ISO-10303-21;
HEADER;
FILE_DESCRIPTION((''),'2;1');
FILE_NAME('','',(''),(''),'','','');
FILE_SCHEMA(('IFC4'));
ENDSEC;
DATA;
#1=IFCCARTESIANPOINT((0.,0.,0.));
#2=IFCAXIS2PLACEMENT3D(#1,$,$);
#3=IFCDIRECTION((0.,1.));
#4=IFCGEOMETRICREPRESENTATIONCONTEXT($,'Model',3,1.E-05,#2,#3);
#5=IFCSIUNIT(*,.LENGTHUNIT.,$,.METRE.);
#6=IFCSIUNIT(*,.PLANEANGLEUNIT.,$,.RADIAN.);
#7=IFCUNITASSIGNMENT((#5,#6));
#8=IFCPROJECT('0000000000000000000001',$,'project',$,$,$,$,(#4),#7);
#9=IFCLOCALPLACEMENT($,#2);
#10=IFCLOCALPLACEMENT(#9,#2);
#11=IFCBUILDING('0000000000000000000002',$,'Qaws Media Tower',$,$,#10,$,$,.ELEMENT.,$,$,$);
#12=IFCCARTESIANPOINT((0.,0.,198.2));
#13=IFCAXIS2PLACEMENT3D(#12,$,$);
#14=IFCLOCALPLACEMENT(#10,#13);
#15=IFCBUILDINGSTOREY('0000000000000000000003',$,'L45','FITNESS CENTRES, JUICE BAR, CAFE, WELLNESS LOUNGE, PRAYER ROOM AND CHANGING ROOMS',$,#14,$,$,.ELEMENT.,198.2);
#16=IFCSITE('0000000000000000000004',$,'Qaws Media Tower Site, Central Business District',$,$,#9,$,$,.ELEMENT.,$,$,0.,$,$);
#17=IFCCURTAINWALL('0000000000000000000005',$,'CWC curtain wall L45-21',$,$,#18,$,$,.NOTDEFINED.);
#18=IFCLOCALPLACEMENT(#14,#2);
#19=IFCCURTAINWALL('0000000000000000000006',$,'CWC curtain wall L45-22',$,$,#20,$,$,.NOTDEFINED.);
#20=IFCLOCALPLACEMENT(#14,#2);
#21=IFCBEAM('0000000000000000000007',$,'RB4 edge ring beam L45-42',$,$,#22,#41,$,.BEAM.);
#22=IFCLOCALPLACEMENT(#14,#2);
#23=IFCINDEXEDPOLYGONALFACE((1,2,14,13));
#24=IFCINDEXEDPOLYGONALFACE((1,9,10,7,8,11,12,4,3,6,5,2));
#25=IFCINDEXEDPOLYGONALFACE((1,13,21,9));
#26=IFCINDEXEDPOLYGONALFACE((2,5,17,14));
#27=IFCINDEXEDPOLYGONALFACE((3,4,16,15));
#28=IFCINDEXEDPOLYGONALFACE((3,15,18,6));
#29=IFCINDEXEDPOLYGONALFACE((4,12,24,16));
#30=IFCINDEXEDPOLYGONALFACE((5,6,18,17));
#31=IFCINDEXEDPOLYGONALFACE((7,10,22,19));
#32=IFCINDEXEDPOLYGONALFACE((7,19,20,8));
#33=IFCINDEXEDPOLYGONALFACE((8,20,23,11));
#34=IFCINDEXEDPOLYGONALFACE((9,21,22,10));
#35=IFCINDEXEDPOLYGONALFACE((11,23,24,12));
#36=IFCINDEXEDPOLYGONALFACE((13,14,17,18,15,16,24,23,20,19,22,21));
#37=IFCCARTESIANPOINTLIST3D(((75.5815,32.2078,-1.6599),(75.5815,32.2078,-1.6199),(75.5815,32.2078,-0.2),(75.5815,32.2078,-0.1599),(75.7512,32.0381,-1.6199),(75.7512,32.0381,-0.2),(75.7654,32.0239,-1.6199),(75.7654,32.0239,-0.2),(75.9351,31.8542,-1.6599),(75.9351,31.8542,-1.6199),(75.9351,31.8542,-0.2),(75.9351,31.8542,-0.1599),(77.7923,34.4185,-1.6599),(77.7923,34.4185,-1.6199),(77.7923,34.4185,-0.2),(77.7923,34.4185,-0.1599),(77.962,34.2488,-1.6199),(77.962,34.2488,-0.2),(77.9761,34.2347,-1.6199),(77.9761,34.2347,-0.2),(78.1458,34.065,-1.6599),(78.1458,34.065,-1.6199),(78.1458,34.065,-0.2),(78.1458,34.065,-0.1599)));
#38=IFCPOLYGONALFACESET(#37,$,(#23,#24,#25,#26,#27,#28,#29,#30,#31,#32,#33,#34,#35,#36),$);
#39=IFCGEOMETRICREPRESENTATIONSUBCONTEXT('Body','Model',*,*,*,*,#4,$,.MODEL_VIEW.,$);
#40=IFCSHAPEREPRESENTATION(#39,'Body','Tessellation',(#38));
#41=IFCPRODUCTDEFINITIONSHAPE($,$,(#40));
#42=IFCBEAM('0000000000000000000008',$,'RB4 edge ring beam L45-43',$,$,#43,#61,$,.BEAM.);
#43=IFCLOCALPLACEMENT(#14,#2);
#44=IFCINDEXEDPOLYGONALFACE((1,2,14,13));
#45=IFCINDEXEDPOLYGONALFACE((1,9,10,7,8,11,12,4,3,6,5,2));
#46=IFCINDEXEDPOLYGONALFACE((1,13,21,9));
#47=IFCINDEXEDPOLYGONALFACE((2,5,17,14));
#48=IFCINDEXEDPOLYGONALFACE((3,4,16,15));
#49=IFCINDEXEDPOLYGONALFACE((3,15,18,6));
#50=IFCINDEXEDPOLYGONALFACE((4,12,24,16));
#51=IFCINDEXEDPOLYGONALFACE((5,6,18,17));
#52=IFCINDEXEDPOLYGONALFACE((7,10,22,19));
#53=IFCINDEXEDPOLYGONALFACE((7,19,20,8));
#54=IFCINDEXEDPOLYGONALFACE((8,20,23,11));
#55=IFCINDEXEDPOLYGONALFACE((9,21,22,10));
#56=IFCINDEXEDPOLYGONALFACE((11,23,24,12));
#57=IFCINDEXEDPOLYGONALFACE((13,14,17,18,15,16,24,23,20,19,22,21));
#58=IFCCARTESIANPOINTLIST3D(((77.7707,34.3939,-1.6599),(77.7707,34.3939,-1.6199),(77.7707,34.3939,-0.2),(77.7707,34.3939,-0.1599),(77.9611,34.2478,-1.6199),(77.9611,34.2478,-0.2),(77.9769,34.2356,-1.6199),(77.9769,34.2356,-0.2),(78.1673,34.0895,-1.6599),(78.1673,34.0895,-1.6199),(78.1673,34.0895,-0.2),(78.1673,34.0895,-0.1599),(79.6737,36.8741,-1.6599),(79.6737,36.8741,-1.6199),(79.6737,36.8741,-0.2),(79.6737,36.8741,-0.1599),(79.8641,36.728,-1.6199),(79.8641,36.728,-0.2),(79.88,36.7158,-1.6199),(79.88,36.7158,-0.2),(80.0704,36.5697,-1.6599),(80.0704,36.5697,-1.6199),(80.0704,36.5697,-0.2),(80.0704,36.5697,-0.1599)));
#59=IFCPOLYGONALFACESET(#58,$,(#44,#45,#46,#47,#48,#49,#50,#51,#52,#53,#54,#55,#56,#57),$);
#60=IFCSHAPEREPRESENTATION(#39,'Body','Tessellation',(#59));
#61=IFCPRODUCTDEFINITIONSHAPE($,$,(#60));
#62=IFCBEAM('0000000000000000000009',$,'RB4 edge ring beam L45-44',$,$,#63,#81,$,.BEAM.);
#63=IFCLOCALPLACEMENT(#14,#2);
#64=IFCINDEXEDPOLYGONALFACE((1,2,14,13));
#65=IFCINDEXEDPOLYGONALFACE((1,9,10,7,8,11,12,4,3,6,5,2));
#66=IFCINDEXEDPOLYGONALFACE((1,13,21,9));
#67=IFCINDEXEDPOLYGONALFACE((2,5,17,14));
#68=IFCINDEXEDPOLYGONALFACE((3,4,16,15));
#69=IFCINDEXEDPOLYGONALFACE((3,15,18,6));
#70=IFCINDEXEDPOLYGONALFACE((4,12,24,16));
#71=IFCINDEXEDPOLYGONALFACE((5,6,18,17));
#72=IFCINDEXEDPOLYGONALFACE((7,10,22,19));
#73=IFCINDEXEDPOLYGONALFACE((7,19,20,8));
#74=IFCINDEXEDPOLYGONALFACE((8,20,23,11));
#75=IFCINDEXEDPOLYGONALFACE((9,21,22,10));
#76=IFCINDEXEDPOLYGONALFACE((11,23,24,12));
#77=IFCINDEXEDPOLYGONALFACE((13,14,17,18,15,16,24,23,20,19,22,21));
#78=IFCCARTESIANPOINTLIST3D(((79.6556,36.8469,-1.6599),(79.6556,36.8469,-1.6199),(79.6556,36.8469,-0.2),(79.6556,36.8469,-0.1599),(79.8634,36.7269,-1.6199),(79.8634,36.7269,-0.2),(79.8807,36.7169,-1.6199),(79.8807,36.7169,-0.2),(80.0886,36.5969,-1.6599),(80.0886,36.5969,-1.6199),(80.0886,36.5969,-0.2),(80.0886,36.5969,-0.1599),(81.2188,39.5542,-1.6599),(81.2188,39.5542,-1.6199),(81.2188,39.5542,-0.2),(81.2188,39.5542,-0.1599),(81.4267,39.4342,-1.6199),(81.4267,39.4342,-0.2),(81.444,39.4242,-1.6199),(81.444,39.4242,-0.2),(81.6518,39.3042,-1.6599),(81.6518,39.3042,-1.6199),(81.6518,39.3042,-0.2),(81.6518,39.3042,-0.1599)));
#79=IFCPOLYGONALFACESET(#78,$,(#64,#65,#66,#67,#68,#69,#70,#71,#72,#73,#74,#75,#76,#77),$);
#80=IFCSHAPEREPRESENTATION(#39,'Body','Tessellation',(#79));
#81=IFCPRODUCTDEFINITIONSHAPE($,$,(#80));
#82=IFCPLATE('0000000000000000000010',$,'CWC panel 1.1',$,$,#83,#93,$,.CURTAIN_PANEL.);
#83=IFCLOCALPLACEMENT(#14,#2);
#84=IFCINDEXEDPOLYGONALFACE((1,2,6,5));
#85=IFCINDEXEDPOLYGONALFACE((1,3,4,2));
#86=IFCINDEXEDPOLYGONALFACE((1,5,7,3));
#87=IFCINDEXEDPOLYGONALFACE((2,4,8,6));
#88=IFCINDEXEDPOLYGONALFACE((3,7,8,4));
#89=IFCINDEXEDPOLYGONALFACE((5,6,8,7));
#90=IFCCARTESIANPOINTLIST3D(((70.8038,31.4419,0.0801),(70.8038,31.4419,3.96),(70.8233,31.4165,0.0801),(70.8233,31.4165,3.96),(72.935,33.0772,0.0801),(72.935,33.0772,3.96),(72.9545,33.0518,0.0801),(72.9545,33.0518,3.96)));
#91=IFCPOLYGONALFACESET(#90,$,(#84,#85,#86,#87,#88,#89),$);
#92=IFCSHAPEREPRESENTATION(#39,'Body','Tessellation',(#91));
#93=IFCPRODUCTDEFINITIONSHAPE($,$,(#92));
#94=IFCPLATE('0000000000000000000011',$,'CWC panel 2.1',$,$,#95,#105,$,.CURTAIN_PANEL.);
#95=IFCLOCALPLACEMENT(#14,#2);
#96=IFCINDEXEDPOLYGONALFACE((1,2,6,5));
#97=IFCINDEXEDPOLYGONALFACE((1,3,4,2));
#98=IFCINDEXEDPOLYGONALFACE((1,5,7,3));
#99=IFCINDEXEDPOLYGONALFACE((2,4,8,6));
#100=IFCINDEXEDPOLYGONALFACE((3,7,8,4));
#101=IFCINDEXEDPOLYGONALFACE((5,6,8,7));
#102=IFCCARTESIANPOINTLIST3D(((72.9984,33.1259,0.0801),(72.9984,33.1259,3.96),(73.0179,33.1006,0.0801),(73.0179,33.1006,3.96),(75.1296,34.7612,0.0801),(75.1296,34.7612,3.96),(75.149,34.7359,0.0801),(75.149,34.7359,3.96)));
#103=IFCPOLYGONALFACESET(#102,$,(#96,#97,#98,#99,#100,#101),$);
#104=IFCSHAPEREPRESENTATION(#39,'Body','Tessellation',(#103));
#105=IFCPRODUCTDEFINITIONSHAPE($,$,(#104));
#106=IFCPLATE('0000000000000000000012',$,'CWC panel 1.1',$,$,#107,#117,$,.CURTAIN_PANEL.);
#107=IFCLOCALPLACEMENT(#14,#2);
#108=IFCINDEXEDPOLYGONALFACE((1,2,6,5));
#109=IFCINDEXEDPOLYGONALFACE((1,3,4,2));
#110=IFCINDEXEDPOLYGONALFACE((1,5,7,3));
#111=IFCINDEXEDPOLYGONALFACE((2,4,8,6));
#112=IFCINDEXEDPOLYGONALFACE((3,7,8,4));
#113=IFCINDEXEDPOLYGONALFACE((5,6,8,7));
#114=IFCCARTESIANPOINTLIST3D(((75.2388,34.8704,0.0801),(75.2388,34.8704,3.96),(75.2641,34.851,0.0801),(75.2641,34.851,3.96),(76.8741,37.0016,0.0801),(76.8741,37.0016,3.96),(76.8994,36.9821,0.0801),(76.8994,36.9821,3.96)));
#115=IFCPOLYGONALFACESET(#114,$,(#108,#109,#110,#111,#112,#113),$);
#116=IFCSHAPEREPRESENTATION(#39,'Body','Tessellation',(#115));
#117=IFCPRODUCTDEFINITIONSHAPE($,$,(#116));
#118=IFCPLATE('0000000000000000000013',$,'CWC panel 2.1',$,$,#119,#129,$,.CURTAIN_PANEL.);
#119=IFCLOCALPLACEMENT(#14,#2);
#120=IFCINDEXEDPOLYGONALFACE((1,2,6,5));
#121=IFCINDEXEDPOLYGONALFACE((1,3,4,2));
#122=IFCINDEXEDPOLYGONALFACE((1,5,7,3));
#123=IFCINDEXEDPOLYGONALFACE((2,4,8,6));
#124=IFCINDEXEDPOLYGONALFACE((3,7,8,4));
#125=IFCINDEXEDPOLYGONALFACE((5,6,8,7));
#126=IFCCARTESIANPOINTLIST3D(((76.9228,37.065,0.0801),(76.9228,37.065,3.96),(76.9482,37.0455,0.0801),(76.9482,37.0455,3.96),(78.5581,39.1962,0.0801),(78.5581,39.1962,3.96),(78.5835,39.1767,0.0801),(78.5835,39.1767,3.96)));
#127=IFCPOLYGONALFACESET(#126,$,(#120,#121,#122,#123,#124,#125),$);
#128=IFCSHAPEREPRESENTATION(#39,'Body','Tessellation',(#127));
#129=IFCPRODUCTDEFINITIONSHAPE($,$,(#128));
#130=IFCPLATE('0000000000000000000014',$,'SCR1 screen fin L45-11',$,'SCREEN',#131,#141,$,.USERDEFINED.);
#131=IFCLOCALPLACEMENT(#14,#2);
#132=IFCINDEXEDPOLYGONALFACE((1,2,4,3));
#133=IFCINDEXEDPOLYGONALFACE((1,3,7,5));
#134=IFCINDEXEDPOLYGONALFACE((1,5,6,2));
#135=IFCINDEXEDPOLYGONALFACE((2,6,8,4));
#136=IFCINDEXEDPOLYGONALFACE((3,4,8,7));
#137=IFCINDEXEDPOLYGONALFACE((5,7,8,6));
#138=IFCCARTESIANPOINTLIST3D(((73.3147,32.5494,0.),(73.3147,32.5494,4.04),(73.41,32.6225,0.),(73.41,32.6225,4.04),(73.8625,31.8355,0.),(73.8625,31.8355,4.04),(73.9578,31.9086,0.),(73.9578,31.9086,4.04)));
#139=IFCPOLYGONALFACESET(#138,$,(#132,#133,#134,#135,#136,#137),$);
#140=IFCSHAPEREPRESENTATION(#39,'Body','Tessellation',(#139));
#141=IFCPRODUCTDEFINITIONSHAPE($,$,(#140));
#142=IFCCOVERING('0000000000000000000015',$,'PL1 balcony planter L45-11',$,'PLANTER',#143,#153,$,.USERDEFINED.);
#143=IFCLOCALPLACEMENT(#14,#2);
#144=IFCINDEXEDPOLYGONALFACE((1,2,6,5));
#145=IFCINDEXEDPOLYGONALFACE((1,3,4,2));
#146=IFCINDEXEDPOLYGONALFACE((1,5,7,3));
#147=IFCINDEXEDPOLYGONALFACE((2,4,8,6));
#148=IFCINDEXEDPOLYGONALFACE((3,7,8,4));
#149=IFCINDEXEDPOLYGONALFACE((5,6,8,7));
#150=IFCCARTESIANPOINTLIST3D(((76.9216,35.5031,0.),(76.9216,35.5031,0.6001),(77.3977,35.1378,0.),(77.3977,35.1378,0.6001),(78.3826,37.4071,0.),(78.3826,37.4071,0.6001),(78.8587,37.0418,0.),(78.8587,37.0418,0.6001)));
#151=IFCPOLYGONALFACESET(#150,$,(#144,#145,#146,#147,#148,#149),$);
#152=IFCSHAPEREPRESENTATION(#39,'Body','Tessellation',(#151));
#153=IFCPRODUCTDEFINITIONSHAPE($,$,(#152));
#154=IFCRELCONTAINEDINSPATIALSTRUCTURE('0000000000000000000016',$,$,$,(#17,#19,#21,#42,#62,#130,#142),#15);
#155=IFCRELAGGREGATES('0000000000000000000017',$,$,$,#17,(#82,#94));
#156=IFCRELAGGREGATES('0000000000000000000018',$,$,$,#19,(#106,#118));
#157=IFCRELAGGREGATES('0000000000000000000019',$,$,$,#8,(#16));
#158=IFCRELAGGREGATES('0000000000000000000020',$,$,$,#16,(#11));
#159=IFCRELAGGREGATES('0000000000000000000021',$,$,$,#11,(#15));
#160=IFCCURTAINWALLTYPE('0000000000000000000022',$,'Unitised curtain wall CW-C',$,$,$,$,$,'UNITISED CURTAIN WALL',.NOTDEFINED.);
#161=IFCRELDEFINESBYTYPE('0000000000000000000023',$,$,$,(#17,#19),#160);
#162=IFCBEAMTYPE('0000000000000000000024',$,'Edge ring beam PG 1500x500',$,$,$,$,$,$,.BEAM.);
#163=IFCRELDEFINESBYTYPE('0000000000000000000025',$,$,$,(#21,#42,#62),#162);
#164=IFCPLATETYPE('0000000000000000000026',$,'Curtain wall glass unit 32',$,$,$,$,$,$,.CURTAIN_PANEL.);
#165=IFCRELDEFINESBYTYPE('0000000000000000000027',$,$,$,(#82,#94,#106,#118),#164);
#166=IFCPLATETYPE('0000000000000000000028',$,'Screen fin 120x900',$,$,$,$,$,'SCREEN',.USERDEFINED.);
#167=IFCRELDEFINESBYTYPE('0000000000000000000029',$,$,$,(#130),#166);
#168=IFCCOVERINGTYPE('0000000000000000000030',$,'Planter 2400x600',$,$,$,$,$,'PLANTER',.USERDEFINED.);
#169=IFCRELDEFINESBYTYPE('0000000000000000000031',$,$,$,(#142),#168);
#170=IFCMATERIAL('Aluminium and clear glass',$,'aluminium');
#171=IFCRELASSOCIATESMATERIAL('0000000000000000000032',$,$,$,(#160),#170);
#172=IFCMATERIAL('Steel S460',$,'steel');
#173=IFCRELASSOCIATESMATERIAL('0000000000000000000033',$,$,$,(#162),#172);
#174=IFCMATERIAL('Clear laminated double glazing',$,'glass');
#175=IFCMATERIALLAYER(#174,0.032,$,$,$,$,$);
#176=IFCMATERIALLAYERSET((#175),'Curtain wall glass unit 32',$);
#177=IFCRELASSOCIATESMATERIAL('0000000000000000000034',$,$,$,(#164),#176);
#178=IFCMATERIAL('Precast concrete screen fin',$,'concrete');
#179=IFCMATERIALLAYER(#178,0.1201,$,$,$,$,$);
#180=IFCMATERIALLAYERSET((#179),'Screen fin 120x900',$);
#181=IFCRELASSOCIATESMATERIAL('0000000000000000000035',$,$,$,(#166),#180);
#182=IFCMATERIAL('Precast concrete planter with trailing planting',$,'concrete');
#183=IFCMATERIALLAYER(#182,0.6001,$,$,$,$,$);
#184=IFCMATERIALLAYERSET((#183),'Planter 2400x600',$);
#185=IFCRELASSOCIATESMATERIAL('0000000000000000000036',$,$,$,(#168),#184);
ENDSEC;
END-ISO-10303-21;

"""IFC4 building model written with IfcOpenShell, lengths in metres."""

from ifc_helpers import new_model, si_unit, direction, frame, origin, origin_2d, place, context, subcontext, project, spatial, rectangle, i_section, extrude, material, layer, layer_set, material_profile, profile_set, type_object, element, aggregate, save


model = new_model("IFC4")

# Units and contexts
model_context = context("Model", 3, precision=1e-05, world=origin(), true_north=direction((0.0, 1.0)))
body_context = subcontext(model_context, "Body", "Model", "MODEL_VIEW")
ifc_project = project(units=[si_unit("LENGTHUNIT", "METRE"), si_unit("PLANEANGLEUNIT", "RADIAN")], contexts=[model_context])

# Site, building, storey
site_placement = place(None, origin())
site = spatial("IfcSite", under=ifc_project, at=site_placement, Name="Qaws Media Tower Site, Central Business District", CompositionType="ELEMENT", RefElevation=0.0)
building_placement = place(site_placement, origin())
building = spatial("IfcBuilding", under=site, at=building_placement, Name="Qaws Media Tower", CompositionType="ELEMENT")
storey_placement = place(building_placement, frame((0.0, 0.0, 198.2)))
storey = spatial("IfcBuildingStorey", under=building, at=storey_placement, Name="L45", Description="FITNESS CENTRES, JUICE BAR, CAFE, WELLNESS LOUNGE, PRAYER ROOM AND CHANGING ROOMS", CompositionType="ELEMENT", Elevation=198.2)

# Shared definitions
ifc_material_1 = material(Name="Aluminium and clear glass", Category="aluminium")
curtain_wall_type = type_object("IfcCurtainWallType", Name="Unitised curtain wall CW-C", ElementType="UNITISED CURTAIN WALL", PredefinedType="NOTDEFINED", material=ifc_material_1)

# Curtain walls
curtain_wall_1_placement = place(storey_placement, origin())
curtain_wall_1 = element("IfcCurtainWall", 1, at=curtain_wall_1_placement, inside=storey, type_object=curtain_wall_type, Name="CWC curtain wall L45-21", PredefinedType="NOTDEFINED")
curtain_wall_2_placement = place(storey_placement, origin())
curtain_wall_2 = element("IfcCurtainWall", 2, at=curtain_wall_2_placement, inside=storey, type_object=curtain_wall_type, Name="CWC curtain wall L45-22", PredefinedType="NOTDEFINED")

# Beams
ifc_material_2 = material(Name="Steel S460", Category="steel")
ifc_material_profile_1 = material_profile(ifc_material_2, i_section(OverallWidth=0.5, OverallDepth=1.5, WebThickness=0.02, FlangeThickness=0.04, at=origin_2d()), Name="PG 1500x500")
ifc_profile_set_1 = profile_set([ifc_material_profile_1], Name="Steel S460")
beam_type = type_object("IfcBeamType", Name="Edge ring beam PG 1500x500", PredefinedType="BEAM", material=ifc_profile_set_1)
beam_1_placement = place(storey_placement, frame((75.7583, 32.031, -0.9099), z_axis=(0.707107, 0.707107, 0.0), x_axis=(-0.707107, 0.707107, 0.0)))
element("IfcBeam", 3, at=beam_1_placement, inside=storey, type_object=beam_type, Name="RB4 edge ring beam L45-42", PredefinedType="BEAM", context=body_context, shape_type="SweptSolid", body=[
    extrude(i_section(OverallWidth=0.5, OverallDepth=1.5, WebThickness=0.02, FlangeThickness=0.04, at=origin_2d()), origin(), (0.0, 0.0, 1.0), 3.1265),
])
for number, where, z_axis, x_axis, name in (
    (4, (77.969, 34.2417, -0.9099), (0.608748, 0.793364, 0.0), (-0.793364, 0.608748, 0.0), "RB4 edge ring beam L45-43"),
    (5, (79.8721, 36.7219, -0.9099), (0.500045, 0.866, 0.0), (-0.866, 0.500045, 0.0), "RB4 edge ring beam L45-44"),
):
    element("IfcBeam", number, at=place(storey_placement, frame(where, z_axis=z_axis, x_axis=x_axis)), inside=storey, type_object=beam_type, Name=name, PredefinedType="BEAM", context=body_context, shape_type="SweptSolid", body=[
        extrude(i_section(OverallWidth=0.5, OverallDepth=1.5, WebThickness=0.02, FlangeThickness=0.04, at=origin_2d()), origin(), (0.0, 0.0, 1.0), 3.1262),
    ])

# Plates
ifc_material_3 = material(Name="Clear laminated double glazing", Category="glass")
ifc_layer_1 = layer(ifc_material_3, 0.032)
ifc_layer_set_1 = layer_set([ifc_layer_1], Name="Curtain wall glass unit 32")
plate_type_1 = type_object("IfcPlateType", Name="Curtain wall glass unit 32", PredefinedType="CURTAIN_PANEL", material=ifc_layer_set_1)
plate_1_placement = place(storey_placement, frame((71.8792, 32.2468, 0.0801), z_axis=(0.0, 0.0, 1.0), x_axis=(0.793353, 0.608761, 0.0)))
plate_1 = element("IfcPlate", 6, at=plate_1_placement, type_object=plate_type_1, Name="CWC panel 1.1", PredefinedType="CURTAIN_PANEL", context=body_context, shape_type="SweptSolid", body=[
    extrude(rectangle(XDim=2.6863, YDim=0.032, at=origin_2d()), origin(), (0.0, 0.0, 1.0), 3.8799),
])
plate_2_placement = place(storey_placement, frame((74.0737, 33.9309, 0.0801), z_axis=(0.0, 0.0, 1.0), x_axis=(0.793353, 0.608761, 0.0)))
plate_2 = element("IfcPlate", 7, at=plate_2_placement, type_object=plate_type_1, Name="CWC panel 2.1", PredefinedType="CURTAIN_PANEL", context=body_context, shape_type="SweptSolid", body=[
    extrude(rectangle(XDim=2.6863, YDim=0.032, at=origin_2d()), origin(), (0.0, 0.0, 1.0), 3.8799),
])
aggregate(curtain_wall_1, [plate_1, plate_2])
plate_3_placement = place(storey_placement, frame((76.0691, 35.9263, 0.0801), z_axis=(0.0, 0.0, 1.0), x_axis=(0.608761, 0.793353, 0.0)))
plate_3 = element("IfcPlate", 8, at=plate_3_placement, type_object=plate_type_1, Name="CWC panel 1.1", PredefinedType="CURTAIN_PANEL", context=body_context, shape_type="SweptSolid", body=[
    extrude(rectangle(XDim=2.6863, YDim=0.032, at=origin_2d()), origin(), (0.0, 0.0, 1.0), 3.8799),
])
plate_4_placement = place(storey_placement, frame((77.7532, 38.1208, 0.0801), z_axis=(0.0, 0.0, 1.0), x_axis=(0.608761, 0.793353, 0.0)))
plate_4 = element("IfcPlate", 9, at=plate_4_placement, type_object=plate_type_1, Name="CWC panel 2.1", PredefinedType="CURTAIN_PANEL", context=body_context, shape_type="SweptSolid", body=[
    extrude(rectangle(XDim=2.6863, YDim=0.032, at=origin_2d()), origin(), (0.0, 0.0, 1.0), 3.8799),
])
aggregate(curtain_wall_2, [plate_3, plate_4])
ifc_material_4 = material(Name="Precast concrete screen fin", Category="concrete")
ifc_layer_2 = layer(ifc_material_4, 0.1201)
ifc_layer_set_2 = layer_set([ifc_layer_2], Name="Screen fin 120x900")
plate_type_2 = type_object("IfcPlateType", Name="Screen fin 120x900", ElementType="SCREEN", PredefinedType="USERDEFINED", material=ifc_layer_set_2)
plate_5_placement = place(storey_placement, frame((73.6362, 32.229, 0.0), z_axis=(0.0, 0.0, 1.0), x_axis=(0.608761, -0.793353, 0.0)))
element("IfcPlate", 10, at=plate_5_placement, inside=storey, type_object=plate_type_2, Name="SCR1 screen fin L45-11", ObjectType="SCREEN", PredefinedType="USERDEFINED", context=body_context, shape_type="SweptSolid", body=[
    extrude(rectangle(XDim=0.8999, YDim=0.1201, at=origin_2d()), origin(), (0.0, 0.0, 1.0), 4.04),
])

# Covering
ifc_material_5 = material(Name="Precast concrete planter with trailing planting", Category="concrete")
ifc_layer_3 = layer(ifc_material_5, 0.6001)
ifc_layer_set_3 = layer_set([ifc_layer_3], Name="Planter 2400x600")
covering_type = type_object("IfcCoveringType", Name="Planter 2400x600", ElementType="PLANTER", PredefinedType="USERDEFINED", material=ifc_layer_set_3)
covering_placement = place(storey_placement, frame((77.8901, 36.2725, 0.0), z_axis=(0.0, 0.0, 1.0), x_axis=(0.608761, 0.793353, 0.0)))
element("IfcCovering", 11, at=covering_placement, inside=storey, type_object=covering_type, Name="PL1 balcony planter L45-11", ObjectType="PLANTER", PredefinedType="USERDEFINED", context=body_context, shape_type="SweptSolid", body=[
    extrude(rectangle(XDim=2.3999, YDim=0.6001, at=origin_2d()), origin(), (0.0, 0.0, 1.0), 0.6001),
])

save(model, "model.ifc")
